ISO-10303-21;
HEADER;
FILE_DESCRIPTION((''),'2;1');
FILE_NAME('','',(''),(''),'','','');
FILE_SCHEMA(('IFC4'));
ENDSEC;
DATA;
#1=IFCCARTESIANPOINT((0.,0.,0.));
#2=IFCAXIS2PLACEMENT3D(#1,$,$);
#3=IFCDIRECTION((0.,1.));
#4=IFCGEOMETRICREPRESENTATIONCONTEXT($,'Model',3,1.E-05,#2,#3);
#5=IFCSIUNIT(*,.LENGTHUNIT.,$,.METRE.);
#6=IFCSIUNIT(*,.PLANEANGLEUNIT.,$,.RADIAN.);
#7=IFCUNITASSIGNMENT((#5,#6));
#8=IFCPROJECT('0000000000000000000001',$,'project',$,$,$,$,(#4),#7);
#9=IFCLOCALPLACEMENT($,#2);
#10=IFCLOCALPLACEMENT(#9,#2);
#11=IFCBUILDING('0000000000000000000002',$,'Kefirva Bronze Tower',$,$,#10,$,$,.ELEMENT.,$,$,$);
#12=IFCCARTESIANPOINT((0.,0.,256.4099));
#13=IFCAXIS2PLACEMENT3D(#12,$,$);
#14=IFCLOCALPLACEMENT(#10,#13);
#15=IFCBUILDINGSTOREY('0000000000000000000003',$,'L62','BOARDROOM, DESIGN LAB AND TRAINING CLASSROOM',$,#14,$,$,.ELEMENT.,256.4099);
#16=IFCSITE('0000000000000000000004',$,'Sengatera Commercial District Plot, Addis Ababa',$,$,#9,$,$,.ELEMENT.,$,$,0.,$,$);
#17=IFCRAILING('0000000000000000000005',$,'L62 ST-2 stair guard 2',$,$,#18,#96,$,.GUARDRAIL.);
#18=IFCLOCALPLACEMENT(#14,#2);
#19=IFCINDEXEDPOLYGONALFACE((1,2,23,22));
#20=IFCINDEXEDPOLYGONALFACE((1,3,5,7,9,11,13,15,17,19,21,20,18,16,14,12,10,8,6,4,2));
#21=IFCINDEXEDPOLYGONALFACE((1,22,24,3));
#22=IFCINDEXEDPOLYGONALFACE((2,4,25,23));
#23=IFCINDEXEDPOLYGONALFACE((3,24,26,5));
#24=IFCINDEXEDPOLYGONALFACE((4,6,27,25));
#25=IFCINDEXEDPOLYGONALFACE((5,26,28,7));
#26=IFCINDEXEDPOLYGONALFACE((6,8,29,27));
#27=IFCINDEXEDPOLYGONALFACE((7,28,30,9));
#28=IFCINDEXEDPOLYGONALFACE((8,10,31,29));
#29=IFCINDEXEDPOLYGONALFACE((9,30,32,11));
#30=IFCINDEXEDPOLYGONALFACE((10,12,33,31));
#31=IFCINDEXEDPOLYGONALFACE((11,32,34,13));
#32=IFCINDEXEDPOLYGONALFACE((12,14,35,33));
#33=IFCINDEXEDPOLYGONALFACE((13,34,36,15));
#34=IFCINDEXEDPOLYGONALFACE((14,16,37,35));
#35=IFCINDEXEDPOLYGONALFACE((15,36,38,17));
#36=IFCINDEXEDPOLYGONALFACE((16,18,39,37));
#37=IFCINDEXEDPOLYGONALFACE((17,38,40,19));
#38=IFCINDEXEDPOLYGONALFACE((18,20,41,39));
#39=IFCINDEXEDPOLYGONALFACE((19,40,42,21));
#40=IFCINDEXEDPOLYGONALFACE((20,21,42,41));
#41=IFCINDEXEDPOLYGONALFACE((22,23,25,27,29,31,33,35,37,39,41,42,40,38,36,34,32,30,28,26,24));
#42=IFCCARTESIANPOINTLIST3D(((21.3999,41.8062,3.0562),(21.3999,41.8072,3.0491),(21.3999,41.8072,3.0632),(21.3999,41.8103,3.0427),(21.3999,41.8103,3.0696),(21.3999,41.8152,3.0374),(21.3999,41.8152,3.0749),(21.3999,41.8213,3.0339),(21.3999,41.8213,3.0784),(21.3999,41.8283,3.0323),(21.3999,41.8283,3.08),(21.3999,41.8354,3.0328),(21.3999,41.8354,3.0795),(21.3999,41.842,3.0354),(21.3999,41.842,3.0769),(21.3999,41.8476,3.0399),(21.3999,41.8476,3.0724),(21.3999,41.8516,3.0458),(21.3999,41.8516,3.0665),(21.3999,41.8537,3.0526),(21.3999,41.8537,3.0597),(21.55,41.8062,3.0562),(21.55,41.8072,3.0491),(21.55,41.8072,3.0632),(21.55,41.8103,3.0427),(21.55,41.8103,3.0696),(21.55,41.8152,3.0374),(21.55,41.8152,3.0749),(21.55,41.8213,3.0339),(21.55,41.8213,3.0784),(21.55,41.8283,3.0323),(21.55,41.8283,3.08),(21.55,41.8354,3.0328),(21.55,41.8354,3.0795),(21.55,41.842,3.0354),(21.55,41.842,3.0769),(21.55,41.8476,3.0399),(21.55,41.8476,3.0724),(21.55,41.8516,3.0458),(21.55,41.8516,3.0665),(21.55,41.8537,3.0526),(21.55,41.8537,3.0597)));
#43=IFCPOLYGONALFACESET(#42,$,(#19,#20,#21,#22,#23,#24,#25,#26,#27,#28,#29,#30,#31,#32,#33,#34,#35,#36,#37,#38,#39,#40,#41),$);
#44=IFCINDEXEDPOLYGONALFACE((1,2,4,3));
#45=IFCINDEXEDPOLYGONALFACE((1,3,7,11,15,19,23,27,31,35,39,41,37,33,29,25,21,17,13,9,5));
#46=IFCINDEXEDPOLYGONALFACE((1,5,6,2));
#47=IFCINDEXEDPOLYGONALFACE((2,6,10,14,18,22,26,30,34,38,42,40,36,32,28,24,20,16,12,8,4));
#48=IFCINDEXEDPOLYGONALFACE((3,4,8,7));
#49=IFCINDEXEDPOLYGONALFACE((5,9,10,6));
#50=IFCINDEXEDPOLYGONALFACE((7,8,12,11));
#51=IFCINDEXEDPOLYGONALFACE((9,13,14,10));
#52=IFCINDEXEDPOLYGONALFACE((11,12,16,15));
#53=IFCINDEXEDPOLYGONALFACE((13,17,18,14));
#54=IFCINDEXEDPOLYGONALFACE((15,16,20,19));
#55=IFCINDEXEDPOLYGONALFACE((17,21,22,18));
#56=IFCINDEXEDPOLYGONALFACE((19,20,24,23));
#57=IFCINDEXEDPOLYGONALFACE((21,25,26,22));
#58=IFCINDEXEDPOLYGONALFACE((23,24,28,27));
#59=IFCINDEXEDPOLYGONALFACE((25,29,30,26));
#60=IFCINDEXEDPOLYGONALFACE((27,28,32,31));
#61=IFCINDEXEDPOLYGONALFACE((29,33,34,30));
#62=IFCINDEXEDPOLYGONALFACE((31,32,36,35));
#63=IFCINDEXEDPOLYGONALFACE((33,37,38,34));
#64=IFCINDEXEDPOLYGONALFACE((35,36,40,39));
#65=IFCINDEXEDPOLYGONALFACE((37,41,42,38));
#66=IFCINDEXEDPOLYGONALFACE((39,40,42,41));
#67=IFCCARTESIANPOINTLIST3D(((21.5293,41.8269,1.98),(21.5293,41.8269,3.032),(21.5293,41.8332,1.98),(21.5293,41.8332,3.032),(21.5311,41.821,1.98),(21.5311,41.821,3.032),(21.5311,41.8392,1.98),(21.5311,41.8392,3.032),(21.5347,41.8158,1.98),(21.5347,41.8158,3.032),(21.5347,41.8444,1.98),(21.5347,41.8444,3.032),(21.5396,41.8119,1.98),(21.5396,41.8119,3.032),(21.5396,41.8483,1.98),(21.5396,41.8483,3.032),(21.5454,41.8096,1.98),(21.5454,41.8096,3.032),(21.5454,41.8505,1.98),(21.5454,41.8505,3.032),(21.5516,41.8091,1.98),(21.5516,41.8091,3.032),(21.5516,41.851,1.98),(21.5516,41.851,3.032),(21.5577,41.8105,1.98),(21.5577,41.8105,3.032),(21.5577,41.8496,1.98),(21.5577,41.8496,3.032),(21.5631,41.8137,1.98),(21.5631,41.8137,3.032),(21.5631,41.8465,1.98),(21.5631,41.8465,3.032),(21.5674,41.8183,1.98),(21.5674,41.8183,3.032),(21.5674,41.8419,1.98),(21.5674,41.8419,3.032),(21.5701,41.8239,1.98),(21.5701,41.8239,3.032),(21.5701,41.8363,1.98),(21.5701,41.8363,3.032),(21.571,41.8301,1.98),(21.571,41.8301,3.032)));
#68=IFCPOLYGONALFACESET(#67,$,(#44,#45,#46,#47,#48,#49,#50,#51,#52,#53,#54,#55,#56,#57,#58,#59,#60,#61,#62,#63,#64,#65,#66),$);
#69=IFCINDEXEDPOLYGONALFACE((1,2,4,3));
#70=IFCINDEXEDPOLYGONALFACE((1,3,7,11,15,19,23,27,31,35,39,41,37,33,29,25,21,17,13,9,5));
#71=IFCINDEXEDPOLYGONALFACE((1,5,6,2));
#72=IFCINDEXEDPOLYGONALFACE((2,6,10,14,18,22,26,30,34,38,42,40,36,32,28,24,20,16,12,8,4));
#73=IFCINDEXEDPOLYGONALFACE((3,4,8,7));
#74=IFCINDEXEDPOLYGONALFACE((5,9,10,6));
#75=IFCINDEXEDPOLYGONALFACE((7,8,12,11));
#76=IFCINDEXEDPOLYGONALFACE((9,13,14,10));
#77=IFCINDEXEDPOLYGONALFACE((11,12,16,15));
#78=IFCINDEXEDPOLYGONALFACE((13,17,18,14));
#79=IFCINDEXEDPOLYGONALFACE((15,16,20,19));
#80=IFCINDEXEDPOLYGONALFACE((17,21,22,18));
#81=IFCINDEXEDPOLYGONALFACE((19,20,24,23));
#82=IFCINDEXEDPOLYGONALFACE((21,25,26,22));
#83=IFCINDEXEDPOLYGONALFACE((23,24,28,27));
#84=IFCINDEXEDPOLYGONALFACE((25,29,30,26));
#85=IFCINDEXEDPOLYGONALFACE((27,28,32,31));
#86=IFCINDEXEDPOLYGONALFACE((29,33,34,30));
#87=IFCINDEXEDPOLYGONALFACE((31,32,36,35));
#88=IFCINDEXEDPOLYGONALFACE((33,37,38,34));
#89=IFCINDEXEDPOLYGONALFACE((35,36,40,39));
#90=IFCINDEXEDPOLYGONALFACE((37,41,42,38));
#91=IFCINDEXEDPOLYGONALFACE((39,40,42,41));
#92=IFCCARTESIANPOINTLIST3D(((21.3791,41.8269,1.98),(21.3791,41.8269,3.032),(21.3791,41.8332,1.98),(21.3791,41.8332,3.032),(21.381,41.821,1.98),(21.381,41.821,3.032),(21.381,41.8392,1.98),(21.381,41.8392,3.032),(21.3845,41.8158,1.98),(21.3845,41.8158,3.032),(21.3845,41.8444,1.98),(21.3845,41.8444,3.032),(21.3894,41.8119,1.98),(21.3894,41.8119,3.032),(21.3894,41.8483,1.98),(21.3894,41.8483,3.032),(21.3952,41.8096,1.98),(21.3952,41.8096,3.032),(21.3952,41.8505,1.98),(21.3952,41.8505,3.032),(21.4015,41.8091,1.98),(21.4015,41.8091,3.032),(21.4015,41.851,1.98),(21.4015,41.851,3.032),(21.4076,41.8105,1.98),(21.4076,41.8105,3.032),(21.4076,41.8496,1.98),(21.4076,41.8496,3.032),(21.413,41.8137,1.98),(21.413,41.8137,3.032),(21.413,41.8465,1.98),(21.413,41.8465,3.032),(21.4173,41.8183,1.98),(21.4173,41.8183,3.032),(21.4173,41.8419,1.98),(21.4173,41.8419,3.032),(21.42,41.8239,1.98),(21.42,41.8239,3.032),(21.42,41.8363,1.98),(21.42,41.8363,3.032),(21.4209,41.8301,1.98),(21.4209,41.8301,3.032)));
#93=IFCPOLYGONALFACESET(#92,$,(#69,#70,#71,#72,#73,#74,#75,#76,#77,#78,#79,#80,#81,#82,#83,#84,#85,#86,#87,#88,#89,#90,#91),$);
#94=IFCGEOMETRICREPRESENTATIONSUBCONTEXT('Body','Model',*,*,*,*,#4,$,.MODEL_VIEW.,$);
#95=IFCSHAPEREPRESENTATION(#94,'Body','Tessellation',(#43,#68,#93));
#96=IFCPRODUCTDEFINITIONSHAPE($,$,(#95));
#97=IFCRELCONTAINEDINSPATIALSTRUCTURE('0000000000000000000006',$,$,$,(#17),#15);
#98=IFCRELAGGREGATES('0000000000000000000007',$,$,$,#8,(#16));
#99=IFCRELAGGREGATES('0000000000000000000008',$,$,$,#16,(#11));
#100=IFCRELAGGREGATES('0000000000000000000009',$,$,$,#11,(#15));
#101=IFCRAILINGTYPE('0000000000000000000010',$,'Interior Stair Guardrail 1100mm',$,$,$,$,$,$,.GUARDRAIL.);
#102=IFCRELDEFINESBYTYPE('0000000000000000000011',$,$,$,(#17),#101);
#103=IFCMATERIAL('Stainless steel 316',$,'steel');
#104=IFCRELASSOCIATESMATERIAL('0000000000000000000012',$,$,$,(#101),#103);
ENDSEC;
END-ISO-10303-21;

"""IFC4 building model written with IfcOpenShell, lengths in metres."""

from ifc_helpers import new_model, si_unit, direction, frame, origin, origin_2d, place, context, subcontext, project, spatial, circle, extrude, material, type_object, element, save


model = new_model("IFC4")

# Units and contexts
model_context = context("Model", 3, precision=1e-05, world=origin(), true_north=direction((0.0, 1.0)))
body_context = subcontext(model_context, "Body", "Model", "MODEL_VIEW")
ifc_project = project(units=[si_unit("LENGTHUNIT", "METRE"), si_unit("PLANEANGLEUNIT", "RADIAN")], contexts=[model_context])

# Site, building, storey
site_placement = place(None, origin())
site = spatial("IfcSite", under=ifc_project, at=site_placement, Name="Sengatera Commercial District Plot, Addis Ababa", CompositionType="ELEMENT", RefElevation=0.0)
building_placement = place(site_placement, origin())
building = spatial("IfcBuilding", under=site, at=building_placement, Name="Kefirva Bronze Tower", CompositionType="ELEMENT")
storey_placement = place(building_placement, frame((0.0, 0.0, 256.4099)))
storey = spatial("IfcBuildingStorey", under=building, at=storey_placement, Name="L62", Description="BOARDROOM, DESIGN LAB AND TRAINING CLASSROOM", CompositionType="ELEMENT", Elevation=256.4099)

# Railing
ifc_material_1 = material(Name="Stainless steel 316", Category="steel")
railing_type_1 = type_object("IfcRailingType", Name="Interior Stair Guardrail 1100mm", PredefinedType="GUARDRAIL", material=ifc_material_1)
railing_1_placement = place(storey_placement, frame((21.55, 41.8301, 1.98)))
element("IfcRailing", 1, at=railing_1_placement, inside=storey, type_object=railing_type_1, Name="L62 ST-2 stair guard 2", PredefinedType="GUARDRAIL", context=body_context, shape_type="SweptSolid", body=[
    extrude(circle(Radius=0.0239, at=origin_2d()), frame((0.0, 0.0, 1.0762), z_axis=(-1.0, 0.0, 0.0), x_axis=(0.0, -1.0, 0.0)), (0.0, 0.0, 1.0), 0.1501),
    extrude(circle(Radius=0.021, at=origin_2d()), origin(), (0.0, 0.0, 1.0), 1.052),
    extrude(circle(Radius=0.021, at=origin_2d()), frame((-0.1501, 0.0, 0.0)), (0.0, 0.0, 1.0), 1.052),
])

save(model, "model.ifc")
